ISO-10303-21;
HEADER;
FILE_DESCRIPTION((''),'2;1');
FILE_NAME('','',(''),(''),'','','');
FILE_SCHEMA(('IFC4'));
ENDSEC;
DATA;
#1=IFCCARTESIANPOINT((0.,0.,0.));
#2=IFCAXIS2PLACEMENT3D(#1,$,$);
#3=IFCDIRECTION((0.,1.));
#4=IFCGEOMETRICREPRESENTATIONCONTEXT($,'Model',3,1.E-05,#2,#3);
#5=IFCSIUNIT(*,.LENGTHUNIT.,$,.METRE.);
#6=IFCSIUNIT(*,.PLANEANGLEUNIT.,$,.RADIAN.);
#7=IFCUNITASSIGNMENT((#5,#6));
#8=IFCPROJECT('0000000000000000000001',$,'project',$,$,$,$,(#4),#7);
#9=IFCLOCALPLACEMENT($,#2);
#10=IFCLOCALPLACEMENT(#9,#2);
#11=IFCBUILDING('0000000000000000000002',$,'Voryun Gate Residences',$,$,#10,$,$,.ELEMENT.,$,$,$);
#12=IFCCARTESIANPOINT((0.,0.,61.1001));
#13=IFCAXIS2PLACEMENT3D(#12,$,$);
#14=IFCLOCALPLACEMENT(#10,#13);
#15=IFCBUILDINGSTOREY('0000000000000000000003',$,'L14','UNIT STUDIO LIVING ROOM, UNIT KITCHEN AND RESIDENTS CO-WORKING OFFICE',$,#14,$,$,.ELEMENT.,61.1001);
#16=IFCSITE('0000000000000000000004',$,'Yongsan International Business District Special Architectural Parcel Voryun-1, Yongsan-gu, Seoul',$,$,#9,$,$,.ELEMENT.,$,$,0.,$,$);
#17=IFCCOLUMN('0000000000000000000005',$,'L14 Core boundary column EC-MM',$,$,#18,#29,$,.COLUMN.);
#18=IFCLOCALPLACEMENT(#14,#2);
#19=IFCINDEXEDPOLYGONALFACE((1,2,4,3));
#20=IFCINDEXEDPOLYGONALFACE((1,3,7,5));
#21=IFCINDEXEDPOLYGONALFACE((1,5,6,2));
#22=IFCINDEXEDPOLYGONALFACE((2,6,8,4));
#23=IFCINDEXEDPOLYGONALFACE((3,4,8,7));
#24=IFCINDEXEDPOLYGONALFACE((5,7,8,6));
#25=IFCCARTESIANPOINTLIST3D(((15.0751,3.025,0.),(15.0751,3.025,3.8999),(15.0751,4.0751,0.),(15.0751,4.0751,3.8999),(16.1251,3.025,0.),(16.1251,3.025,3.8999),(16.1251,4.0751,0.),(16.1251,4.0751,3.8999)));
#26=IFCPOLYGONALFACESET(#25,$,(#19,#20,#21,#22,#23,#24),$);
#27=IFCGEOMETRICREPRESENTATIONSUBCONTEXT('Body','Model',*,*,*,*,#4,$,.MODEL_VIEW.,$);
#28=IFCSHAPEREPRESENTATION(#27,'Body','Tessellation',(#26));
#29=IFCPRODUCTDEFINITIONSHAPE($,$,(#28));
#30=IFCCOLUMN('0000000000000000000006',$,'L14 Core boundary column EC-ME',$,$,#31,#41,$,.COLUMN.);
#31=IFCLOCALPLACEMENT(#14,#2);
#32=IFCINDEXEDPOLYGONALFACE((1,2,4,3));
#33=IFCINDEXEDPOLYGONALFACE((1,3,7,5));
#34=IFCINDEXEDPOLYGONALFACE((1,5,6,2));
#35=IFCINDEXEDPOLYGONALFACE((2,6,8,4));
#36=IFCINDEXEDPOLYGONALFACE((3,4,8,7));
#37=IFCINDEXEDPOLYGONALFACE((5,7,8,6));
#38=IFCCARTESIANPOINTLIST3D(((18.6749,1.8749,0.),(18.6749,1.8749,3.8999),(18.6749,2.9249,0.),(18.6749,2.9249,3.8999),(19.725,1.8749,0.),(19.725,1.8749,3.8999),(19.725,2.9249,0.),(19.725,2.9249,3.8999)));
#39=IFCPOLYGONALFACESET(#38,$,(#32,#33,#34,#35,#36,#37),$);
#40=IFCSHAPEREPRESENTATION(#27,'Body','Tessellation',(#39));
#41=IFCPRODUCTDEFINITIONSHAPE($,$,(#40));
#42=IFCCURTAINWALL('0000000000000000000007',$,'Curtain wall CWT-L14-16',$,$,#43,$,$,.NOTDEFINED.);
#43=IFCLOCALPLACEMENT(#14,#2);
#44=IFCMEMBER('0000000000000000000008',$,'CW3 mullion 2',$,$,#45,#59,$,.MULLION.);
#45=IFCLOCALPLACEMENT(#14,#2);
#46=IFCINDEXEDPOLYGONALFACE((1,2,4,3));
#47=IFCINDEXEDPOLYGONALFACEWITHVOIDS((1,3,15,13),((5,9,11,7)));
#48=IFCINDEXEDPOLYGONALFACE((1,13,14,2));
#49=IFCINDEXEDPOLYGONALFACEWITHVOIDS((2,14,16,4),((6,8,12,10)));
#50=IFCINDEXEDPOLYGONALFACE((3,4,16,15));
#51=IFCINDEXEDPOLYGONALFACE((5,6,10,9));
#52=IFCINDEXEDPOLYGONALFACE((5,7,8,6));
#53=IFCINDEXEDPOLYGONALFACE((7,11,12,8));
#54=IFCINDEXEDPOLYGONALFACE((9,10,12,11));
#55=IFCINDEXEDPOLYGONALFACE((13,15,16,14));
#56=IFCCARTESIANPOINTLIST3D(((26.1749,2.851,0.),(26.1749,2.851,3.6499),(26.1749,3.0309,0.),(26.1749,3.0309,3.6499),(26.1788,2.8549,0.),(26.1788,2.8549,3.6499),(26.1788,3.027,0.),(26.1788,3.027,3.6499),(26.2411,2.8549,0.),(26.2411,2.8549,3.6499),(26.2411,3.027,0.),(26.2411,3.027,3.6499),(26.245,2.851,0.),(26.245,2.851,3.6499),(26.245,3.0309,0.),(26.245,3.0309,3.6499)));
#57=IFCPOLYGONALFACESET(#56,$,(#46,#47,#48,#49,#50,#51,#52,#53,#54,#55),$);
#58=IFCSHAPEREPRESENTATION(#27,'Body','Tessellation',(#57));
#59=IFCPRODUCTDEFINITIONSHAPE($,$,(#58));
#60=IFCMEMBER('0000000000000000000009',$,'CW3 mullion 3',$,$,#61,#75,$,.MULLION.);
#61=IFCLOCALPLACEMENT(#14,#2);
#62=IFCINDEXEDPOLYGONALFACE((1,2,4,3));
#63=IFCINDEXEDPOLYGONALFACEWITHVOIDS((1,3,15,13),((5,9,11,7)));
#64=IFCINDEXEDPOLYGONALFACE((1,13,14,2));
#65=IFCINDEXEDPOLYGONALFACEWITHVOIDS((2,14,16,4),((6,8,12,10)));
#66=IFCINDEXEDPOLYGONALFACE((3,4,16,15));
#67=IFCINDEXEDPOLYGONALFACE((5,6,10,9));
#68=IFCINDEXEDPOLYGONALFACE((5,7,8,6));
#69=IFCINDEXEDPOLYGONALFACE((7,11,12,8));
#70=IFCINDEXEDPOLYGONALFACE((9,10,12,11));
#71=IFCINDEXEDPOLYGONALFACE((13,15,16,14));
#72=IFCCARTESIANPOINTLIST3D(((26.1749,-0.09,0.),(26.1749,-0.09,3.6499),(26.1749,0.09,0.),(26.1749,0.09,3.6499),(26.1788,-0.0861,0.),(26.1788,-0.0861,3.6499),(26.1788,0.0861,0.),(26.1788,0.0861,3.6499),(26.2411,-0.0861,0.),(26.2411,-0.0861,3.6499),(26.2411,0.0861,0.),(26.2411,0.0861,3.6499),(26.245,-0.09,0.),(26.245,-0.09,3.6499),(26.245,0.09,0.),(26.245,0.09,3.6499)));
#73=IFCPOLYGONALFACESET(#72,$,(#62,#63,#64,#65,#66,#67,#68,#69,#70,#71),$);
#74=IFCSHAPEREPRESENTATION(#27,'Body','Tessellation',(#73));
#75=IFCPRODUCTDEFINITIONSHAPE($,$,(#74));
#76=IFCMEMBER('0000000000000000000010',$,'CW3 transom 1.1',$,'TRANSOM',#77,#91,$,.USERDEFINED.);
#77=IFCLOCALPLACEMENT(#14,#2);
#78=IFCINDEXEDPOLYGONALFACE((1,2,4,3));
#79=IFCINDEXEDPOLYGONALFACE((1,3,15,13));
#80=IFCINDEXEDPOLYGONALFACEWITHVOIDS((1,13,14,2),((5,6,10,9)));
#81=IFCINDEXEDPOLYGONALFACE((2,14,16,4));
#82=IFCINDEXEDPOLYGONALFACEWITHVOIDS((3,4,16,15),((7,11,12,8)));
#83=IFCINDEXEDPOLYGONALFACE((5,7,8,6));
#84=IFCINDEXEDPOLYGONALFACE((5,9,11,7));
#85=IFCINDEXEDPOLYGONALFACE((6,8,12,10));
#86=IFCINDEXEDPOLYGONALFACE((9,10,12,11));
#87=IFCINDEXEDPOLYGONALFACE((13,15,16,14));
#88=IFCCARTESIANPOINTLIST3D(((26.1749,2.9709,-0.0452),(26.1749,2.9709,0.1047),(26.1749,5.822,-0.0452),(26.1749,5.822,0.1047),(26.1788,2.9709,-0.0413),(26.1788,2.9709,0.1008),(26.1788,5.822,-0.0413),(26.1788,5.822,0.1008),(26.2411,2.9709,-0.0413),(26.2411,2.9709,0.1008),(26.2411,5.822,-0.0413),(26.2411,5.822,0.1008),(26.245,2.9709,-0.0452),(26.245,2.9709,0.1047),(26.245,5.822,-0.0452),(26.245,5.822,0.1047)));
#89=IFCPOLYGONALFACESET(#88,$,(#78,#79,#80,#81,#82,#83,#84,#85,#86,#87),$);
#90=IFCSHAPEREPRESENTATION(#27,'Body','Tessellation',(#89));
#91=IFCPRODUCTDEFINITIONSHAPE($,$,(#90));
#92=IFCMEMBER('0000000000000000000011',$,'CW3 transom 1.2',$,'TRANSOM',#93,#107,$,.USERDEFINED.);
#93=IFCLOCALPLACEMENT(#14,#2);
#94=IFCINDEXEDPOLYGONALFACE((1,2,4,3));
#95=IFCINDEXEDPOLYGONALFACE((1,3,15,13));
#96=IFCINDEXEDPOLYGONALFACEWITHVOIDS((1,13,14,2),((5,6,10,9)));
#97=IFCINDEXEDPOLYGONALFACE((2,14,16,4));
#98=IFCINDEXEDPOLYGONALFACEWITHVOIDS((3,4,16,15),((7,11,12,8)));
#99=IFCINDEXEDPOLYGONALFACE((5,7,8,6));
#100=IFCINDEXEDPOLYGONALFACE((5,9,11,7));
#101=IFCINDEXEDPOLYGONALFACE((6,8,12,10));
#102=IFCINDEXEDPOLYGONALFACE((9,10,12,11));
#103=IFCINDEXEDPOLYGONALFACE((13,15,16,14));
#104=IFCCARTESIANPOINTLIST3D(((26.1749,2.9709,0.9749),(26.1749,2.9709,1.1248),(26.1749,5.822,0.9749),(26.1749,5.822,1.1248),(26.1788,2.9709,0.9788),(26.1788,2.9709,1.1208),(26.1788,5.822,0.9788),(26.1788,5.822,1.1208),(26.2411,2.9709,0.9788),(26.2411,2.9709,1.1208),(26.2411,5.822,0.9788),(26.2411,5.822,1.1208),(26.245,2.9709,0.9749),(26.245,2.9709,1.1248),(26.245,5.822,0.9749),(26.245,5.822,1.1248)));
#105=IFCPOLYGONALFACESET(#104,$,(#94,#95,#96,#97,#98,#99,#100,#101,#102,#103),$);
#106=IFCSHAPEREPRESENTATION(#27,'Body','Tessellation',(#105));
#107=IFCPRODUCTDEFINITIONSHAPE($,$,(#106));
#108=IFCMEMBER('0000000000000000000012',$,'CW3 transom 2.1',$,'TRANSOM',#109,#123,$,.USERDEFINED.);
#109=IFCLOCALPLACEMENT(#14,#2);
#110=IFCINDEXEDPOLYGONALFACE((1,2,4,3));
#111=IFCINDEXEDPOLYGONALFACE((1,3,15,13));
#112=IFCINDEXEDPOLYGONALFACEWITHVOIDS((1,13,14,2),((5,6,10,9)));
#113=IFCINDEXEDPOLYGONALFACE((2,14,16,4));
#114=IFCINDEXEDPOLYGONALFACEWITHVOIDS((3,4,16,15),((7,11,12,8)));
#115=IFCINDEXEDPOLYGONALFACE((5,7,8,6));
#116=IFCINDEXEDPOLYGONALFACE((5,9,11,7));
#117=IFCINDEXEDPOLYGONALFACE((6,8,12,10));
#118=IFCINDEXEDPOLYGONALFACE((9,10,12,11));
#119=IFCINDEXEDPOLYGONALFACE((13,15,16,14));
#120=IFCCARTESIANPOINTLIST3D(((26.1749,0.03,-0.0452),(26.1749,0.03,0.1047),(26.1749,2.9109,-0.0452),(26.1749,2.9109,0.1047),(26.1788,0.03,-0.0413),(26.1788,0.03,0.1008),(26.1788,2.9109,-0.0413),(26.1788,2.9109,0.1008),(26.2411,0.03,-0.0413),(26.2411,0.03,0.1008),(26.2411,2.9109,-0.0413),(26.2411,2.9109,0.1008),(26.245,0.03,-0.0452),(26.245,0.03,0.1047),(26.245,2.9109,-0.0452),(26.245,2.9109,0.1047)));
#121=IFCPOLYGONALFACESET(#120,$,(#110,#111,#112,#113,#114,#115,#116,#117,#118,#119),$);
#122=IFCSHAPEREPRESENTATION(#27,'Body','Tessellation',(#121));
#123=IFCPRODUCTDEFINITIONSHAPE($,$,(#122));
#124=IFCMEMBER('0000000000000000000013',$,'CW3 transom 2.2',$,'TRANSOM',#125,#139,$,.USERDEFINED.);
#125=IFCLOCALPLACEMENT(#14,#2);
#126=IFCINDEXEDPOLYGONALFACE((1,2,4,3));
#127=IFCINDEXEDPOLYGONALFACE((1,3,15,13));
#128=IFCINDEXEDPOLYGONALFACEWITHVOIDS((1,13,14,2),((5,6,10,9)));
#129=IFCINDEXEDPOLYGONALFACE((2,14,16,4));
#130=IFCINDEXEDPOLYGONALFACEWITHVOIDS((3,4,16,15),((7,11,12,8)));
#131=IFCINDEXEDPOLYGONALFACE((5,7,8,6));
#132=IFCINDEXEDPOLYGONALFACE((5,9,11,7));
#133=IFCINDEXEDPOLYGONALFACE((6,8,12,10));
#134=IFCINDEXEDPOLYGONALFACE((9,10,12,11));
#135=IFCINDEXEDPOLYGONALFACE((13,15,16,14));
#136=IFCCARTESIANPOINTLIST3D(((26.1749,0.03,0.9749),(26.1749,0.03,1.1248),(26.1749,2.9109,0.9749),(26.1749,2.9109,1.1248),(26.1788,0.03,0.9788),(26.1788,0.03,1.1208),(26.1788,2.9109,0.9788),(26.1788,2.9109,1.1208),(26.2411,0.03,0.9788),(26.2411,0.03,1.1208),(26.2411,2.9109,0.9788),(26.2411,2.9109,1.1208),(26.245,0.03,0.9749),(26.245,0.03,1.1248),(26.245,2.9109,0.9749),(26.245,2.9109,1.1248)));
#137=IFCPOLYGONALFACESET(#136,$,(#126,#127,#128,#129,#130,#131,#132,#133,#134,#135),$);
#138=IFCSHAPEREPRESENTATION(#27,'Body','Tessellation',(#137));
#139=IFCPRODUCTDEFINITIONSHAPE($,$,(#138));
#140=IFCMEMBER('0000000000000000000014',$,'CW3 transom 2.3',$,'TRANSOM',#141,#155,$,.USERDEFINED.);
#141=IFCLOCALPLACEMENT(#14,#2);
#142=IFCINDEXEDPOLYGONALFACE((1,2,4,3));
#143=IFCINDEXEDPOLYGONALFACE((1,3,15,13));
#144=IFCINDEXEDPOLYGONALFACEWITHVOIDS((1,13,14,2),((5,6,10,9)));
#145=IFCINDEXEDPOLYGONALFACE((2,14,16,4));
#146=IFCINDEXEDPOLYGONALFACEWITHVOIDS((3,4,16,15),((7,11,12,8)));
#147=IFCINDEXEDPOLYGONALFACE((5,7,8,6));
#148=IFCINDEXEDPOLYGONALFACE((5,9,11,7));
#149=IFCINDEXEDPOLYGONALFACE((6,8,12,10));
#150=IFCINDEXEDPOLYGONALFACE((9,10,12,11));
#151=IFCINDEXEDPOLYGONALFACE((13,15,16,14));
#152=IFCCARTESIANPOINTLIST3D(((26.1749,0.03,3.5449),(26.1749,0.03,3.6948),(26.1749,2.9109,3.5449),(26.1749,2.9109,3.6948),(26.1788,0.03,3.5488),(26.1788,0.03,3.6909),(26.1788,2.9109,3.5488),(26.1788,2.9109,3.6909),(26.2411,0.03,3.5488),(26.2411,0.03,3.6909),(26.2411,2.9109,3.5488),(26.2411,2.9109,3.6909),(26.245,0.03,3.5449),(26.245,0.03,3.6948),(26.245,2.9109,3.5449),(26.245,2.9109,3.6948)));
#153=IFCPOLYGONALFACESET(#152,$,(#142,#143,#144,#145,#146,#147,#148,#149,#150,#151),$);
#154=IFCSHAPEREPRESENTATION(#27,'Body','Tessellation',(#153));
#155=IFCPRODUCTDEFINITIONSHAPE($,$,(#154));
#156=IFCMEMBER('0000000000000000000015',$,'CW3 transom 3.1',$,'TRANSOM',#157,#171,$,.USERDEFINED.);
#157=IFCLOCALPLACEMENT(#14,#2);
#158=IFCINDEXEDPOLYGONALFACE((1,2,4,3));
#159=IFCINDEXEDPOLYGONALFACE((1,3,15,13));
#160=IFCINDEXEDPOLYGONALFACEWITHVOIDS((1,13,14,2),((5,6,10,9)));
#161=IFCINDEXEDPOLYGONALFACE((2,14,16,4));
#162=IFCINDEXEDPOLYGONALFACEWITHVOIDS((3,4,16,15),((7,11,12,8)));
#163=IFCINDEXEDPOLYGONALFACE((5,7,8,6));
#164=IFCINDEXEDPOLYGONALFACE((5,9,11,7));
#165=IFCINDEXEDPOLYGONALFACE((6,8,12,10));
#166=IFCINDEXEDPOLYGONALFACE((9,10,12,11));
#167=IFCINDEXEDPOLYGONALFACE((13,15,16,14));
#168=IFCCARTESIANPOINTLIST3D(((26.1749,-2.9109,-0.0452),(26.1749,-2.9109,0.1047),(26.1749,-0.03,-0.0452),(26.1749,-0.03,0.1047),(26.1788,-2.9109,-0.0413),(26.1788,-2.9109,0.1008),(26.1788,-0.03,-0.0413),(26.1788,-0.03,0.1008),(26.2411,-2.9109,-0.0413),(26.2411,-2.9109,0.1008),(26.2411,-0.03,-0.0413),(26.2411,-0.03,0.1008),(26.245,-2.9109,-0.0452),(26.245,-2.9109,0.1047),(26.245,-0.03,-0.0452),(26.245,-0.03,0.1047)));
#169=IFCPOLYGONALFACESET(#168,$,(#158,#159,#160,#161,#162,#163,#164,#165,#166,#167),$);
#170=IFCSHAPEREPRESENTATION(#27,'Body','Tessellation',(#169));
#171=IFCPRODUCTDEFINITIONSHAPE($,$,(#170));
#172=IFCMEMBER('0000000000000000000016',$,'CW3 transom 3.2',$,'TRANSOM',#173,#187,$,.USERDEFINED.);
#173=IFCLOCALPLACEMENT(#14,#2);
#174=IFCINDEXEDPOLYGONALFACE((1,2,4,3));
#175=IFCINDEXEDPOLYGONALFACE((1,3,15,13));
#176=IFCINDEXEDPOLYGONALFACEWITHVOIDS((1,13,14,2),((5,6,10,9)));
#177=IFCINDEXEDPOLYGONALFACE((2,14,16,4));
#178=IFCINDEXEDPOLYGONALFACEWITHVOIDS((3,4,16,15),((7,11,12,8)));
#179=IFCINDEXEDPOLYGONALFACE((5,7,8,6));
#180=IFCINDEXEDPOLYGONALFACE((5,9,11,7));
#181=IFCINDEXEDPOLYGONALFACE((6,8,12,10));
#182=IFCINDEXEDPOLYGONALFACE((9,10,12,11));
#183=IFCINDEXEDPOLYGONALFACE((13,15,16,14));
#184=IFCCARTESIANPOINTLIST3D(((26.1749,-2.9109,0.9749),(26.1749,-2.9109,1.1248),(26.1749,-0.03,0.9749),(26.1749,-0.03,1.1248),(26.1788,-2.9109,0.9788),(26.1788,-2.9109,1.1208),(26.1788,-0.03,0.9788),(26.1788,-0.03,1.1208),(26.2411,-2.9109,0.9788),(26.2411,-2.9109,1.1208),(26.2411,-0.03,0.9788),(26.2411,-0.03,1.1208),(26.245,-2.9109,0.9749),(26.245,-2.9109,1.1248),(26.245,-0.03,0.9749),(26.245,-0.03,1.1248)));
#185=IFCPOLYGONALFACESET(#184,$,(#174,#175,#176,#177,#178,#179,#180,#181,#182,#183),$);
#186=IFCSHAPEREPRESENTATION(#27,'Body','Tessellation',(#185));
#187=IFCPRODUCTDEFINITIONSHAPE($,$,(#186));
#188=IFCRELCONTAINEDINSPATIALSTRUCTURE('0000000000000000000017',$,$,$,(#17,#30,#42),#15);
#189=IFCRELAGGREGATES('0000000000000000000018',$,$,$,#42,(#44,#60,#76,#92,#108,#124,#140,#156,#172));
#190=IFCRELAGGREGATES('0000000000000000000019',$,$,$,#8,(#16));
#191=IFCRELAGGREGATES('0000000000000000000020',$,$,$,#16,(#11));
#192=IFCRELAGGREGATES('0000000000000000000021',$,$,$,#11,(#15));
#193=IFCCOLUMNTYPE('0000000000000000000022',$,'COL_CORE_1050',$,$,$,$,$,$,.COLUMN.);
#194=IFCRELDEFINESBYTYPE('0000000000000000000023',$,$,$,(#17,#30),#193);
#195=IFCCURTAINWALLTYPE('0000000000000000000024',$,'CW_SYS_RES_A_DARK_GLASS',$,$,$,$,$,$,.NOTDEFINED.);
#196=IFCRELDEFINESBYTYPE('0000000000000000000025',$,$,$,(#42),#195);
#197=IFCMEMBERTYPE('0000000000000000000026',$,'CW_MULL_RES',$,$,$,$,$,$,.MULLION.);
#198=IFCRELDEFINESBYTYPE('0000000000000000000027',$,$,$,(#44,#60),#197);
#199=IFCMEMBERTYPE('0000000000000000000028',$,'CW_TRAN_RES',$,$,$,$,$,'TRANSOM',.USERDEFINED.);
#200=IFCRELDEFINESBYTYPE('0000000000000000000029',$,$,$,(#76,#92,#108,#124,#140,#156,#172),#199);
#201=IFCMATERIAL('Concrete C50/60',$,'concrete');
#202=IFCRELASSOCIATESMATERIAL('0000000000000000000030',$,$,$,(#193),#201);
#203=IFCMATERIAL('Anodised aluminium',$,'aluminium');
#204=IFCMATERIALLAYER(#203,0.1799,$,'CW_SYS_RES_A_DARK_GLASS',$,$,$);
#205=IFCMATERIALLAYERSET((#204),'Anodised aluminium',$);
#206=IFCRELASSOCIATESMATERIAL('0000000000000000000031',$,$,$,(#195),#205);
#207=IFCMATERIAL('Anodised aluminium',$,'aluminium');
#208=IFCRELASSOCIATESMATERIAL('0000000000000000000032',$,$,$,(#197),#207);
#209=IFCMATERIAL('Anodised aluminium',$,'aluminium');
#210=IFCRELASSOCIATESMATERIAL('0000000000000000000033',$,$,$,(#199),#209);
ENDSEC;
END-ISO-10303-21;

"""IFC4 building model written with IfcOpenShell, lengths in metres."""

from ifc_helpers import new_model, si_unit, direction, frame, origin, origin_2d, place, context, subcontext, project, spatial, rectangle, hollow_rectangle, extrude, material, layer, layer_set, material_profile, profile_set, type_object, element, aggregate, save


model = new_model("IFC4")

# Units and contexts
model_context = context("Model", 3, precision=1e-05, world=origin(), true_north=direction((0.0, 1.0)))
body_context = subcontext(model_context, "Body", "Model", "MODEL_VIEW")
ifc_project = project(units=[si_unit("LENGTHUNIT", "METRE"), si_unit("PLANEANGLEUNIT", "RADIAN")], contexts=[model_context])

# Site, building, storey
site_placement = place(None, origin())
site = spatial("IfcSite", under=ifc_project, at=site_placement, Name="Yongsan International Business District Special Architectural Parcel Voryun-1, Yongsan-gu, Seoul", CompositionType="ELEMENT", RefElevation=0.0)
building_placement = place(site_placement, origin())
building = spatial("IfcBuilding", under=site, at=building_placement, Name="Voryun Gate Residences", CompositionType="ELEMENT")
storey_placement = place(building_placement, frame((0.0, 0.0, 61.1001)))
storey = spatial("IfcBuildingStorey", under=building, at=storey_placement, Name="L14", Description="UNIT STUDIO LIVING ROOM, UNIT KITCHEN AND RESIDENTS CO-WORKING OFFICE", CompositionType="ELEMENT", Elevation=61.1001)

# Columns
ifc_material_1 = material(Name="Concrete C50/60", Category="concrete")
ifc_material_profile_1 = material_profile(ifc_material_1, rectangle(XDim=1.05, YDim=1.05, at=origin_2d()), Name="RC-1050x1050")
ifc_profile_set_1 = profile_set([ifc_material_profile_1], Name="Concrete C50/60")
column_type = type_object("IfcColumnType", Name="COL_CORE_1050", PredefinedType="COLUMN", material=ifc_profile_set_1)
for number, where, z_axis, x_axis, name in (
    (1, (15.6001, 3.55, 0.0), (0.0, 0.0, 1.0), (1.0, 0.0, 0.0), "L14 Core boundary column EC-MM"),
    (2, (19.2, 2.3999, 0.0), (0.0, 0.0, 1.0), (1.0, 0.0, 0.0), "L14 Core boundary column EC-ME"),
):
    element("IfcColumn", number, at=place(storey_placement, frame(where, z_axis=z_axis, x_axis=x_axis)), inside=storey, type_object=column_type, Name=name, PredefinedType="COLUMN", context=body_context, shape_type="SweptSolid", body=[
        extrude(rectangle(XDim=1.05, YDim=1.05, at=origin_2d()), origin(), (0.0, 0.0, 1.0), 3.8999),
    ])

# Curtain wall, members
ifc_material_2 = material(Name="Anodised aluminium", Category="aluminium")
ifc_layer_1 = layer(ifc_material_2, 0.1799, Name="CW_SYS_RES_A_DARK_GLASS")
ifc_layer_set_1 = layer_set([ifc_layer_1], Name="Anodised aluminium")
curtain_wall_type = type_object("IfcCurtainWallType", Name="CW_SYS_RES_A_DARK_GLASS", PredefinedType="NOTDEFINED", material=ifc_layer_set_1)
curtain_wall_placement = place(storey_placement, origin())
curtain_wall = element("IfcCurtainWall", 3, at=curtain_wall_placement, inside=storey, type_object=curtain_wall_type, Name="Curtain wall CWT-L14-16", PredefinedType="NOTDEFINED")
ifc_material_3 = material(Name="Anodised aluminium", Category="aluminium")
ifc_material_profile_2 = material_profile(ifc_material_3, hollow_rectangle(XDim=0.0701, YDim=0.1799, WallThickness=0.0039, at=origin_2d()), Name="ALU-MULL-180x70x4")
ifc_profile_set_2 = profile_set([ifc_material_profile_2], Name="Anodised aluminium")
member_type_1 = type_object("IfcMemberType", Name="CW_MULL_RES", PredefinedType="MULLION", material=ifc_profile_set_2)
member_1_placement = place(storey_placement, frame((26.21, 2.9409, 0.0), z_axis=(0.0, 0.0, 1.0), x_axis=(1.0, 0.0, 0.0)))
member_1 = element("IfcMember", 4, at=member_1_placement, type_object=member_type_1, Name="CW3 mullion 2", PredefinedType="MULLION", context=body_context, shape_type="SweptSolid", body=[
    extrude(hollow_rectangle(XDim=0.0701, YDim=0.1799, WallThickness=0.0039, at=origin_2d()), origin(), (0.0, 0.0, 1.0), 3.6499),
])
member_2_placement = place(storey_placement, frame((26.21, 0.0, 0.0), z_axis=(0.0, 0.0, 1.0), x_axis=(1.0, 0.0, 0.0)))
member_2 = element("IfcMember", 5, at=member_2_placement, type_object=member_type_1, Name="CW3 mullion 3", PredefinedType="MULLION", context=body_context, shape_type="SweptSolid", body=[
    extrude(hollow_rectangle(XDim=0.0701, YDim=0.1799, WallThickness=0.0039, at=origin_2d()), origin(), (0.0, 0.0, 1.0), 3.6499),
])
ifc_material_4 = material(Name="Anodised aluminium", Category="aluminium")
ifc_material_profile_3 = material_profile(ifc_material_4, hollow_rectangle(XDim=0.0701, YDim=0.1499, WallThickness=0.0039, at=origin_2d()), Name="ALU-TRAN-150x70x4")
ifc_profile_set_3 = profile_set([ifc_material_profile_3], Name="Anodised aluminium")
member_type_2 = type_object("IfcMemberType", Name="CW_TRAN_RES", ElementType="TRANSOM", PredefinedType="USERDEFINED", material=ifc_profile_set_3)
member_3_placement = place(storey_placement, frame((26.21, 5.822, 0.0298), z_axis=(0.0, -1.0, 0.0), x_axis=(1.0, 0.0, 0.0)))
member_3 = element("IfcMember", 6, at=member_3_placement, type_object=member_type_2, Name="CW3 transom 1.1", ObjectType="TRANSOM", PredefinedType="USERDEFINED", context=body_context, shape_type="SweptSolid", body=[
    extrude(hollow_rectangle(XDim=0.0701, YDim=0.1499, WallThickness=0.0039, at=origin_2d()), origin(), (0.0, 0.0, 1.0), 2.8511),
])
member_4_placement = place(storey_placement, frame((26.21, 5.822, 1.0498), z_axis=(0.0, -1.0, 0.0), x_axis=(1.0, 0.0, 0.0)))
member_4 = element("IfcMember", 7, at=member_4_placement, type_object=member_type_2, Name="CW3 transom 1.2", ObjectType="TRANSOM", PredefinedType="USERDEFINED", context=body_context, shape_type="SweptSolid", body=[
    extrude(hollow_rectangle(XDim=0.0701, YDim=0.1499, WallThickness=0.0039, at=origin_2d()), origin(), (0.0, 0.0, 1.0), 2.8511),
])
member_5_placement = place(storey_placement, frame((26.21, 2.9109, 0.0298), z_axis=(0.0, -1.0, 0.0), x_axis=(1.0, 0.0, 0.0)))
member_5 = element("IfcMember", 8, at=member_5_placement, type_object=member_type_2, Name="CW3 transom 2.1", ObjectType="TRANSOM", PredefinedType="USERDEFINED", context=body_context, shape_type="SweptSolid", body=[
    extrude(hollow_rectangle(XDim=0.0701, YDim=0.1499, WallThickness=0.0039, at=origin_2d()), origin(), (0.0, 0.0, 1.0), 2.8809),
])
member_6_placement = place(storey_placement, frame((26.21, 2.9109, 1.0498), z_axis=(0.0, -1.0, 0.0), x_axis=(1.0, 0.0, 0.0)))
member_6 = element("IfcMember", 9, at=member_6_placement, type_object=member_type_2, Name="CW3 transom 2.2", ObjectType="TRANSOM", PredefinedType="USERDEFINED", context=body_context, shape_type="SweptSolid", body=[
    extrude(hollow_rectangle(XDim=0.0701, YDim=0.1499, WallThickness=0.0039, at=origin_2d()), origin(), (0.0, 0.0, 1.0), 2.8809),
])
member_7_placement = place(storey_placement, frame((26.21, 2.9109, 3.6199), z_axis=(0.0, -1.0, 0.0), x_axis=(1.0, 0.0, 0.0)))
member_7 = element("IfcMember", 10, at=member_7_placement, type_object=member_type_2, Name="CW3 transom 2.3", ObjectType="TRANSOM", PredefinedType="USERDEFINED", context=body_context, shape_type="SweptSolid", body=[
    extrude(hollow_rectangle(XDim=0.0701, YDim=0.1499, WallThickness=0.0039, at=origin_2d()), origin(), (0.0, 0.0, 1.0), 2.8809),
])
member_8_placement = place(storey_placement, frame((26.21, -0.03, 0.0298), z_axis=(0.0, -1.0, 0.0), x_axis=(1.0, 0.0, 0.0)))
member_8 = element("IfcMember", 11, at=member_8_placement, type_object=member_type_2, Name="CW3 transom 3.1", ObjectType="TRANSOM", PredefinedType="USERDEFINED", context=body_context, shape_type="SweptSolid", body=[
    extrude(hollow_rectangle(XDim=0.0701, YDim=0.1499, WallThickness=0.0039, at=origin_2d()), origin(), (0.0, 0.0, 1.0), 2.8809),
])
member_9_placement = place(storey_placement, frame((26.21, -0.03, 1.0498), z_axis=(0.0, -1.0, 0.0), x_axis=(1.0, 0.0, 0.0)))
member_9 = element("IfcMember", 12, at=member_9_placement, type_object=member_type_2, Name="CW3 transom 3.2", ObjectType="TRANSOM", PredefinedType="USERDEFINED", context=body_context, shape_type="SweptSolid", body=[
    extrude(hollow_rectangle(XDim=0.0701, YDim=0.1499, WallThickness=0.0039, at=origin_2d()), origin(), (0.0, 0.0, 1.0), 2.8809),
])
aggregate(curtain_wall, [member_1, member_2, member_3, member_4, member_5, member_6, member_7, member_8, member_9])

save(model, "model.ifc")
